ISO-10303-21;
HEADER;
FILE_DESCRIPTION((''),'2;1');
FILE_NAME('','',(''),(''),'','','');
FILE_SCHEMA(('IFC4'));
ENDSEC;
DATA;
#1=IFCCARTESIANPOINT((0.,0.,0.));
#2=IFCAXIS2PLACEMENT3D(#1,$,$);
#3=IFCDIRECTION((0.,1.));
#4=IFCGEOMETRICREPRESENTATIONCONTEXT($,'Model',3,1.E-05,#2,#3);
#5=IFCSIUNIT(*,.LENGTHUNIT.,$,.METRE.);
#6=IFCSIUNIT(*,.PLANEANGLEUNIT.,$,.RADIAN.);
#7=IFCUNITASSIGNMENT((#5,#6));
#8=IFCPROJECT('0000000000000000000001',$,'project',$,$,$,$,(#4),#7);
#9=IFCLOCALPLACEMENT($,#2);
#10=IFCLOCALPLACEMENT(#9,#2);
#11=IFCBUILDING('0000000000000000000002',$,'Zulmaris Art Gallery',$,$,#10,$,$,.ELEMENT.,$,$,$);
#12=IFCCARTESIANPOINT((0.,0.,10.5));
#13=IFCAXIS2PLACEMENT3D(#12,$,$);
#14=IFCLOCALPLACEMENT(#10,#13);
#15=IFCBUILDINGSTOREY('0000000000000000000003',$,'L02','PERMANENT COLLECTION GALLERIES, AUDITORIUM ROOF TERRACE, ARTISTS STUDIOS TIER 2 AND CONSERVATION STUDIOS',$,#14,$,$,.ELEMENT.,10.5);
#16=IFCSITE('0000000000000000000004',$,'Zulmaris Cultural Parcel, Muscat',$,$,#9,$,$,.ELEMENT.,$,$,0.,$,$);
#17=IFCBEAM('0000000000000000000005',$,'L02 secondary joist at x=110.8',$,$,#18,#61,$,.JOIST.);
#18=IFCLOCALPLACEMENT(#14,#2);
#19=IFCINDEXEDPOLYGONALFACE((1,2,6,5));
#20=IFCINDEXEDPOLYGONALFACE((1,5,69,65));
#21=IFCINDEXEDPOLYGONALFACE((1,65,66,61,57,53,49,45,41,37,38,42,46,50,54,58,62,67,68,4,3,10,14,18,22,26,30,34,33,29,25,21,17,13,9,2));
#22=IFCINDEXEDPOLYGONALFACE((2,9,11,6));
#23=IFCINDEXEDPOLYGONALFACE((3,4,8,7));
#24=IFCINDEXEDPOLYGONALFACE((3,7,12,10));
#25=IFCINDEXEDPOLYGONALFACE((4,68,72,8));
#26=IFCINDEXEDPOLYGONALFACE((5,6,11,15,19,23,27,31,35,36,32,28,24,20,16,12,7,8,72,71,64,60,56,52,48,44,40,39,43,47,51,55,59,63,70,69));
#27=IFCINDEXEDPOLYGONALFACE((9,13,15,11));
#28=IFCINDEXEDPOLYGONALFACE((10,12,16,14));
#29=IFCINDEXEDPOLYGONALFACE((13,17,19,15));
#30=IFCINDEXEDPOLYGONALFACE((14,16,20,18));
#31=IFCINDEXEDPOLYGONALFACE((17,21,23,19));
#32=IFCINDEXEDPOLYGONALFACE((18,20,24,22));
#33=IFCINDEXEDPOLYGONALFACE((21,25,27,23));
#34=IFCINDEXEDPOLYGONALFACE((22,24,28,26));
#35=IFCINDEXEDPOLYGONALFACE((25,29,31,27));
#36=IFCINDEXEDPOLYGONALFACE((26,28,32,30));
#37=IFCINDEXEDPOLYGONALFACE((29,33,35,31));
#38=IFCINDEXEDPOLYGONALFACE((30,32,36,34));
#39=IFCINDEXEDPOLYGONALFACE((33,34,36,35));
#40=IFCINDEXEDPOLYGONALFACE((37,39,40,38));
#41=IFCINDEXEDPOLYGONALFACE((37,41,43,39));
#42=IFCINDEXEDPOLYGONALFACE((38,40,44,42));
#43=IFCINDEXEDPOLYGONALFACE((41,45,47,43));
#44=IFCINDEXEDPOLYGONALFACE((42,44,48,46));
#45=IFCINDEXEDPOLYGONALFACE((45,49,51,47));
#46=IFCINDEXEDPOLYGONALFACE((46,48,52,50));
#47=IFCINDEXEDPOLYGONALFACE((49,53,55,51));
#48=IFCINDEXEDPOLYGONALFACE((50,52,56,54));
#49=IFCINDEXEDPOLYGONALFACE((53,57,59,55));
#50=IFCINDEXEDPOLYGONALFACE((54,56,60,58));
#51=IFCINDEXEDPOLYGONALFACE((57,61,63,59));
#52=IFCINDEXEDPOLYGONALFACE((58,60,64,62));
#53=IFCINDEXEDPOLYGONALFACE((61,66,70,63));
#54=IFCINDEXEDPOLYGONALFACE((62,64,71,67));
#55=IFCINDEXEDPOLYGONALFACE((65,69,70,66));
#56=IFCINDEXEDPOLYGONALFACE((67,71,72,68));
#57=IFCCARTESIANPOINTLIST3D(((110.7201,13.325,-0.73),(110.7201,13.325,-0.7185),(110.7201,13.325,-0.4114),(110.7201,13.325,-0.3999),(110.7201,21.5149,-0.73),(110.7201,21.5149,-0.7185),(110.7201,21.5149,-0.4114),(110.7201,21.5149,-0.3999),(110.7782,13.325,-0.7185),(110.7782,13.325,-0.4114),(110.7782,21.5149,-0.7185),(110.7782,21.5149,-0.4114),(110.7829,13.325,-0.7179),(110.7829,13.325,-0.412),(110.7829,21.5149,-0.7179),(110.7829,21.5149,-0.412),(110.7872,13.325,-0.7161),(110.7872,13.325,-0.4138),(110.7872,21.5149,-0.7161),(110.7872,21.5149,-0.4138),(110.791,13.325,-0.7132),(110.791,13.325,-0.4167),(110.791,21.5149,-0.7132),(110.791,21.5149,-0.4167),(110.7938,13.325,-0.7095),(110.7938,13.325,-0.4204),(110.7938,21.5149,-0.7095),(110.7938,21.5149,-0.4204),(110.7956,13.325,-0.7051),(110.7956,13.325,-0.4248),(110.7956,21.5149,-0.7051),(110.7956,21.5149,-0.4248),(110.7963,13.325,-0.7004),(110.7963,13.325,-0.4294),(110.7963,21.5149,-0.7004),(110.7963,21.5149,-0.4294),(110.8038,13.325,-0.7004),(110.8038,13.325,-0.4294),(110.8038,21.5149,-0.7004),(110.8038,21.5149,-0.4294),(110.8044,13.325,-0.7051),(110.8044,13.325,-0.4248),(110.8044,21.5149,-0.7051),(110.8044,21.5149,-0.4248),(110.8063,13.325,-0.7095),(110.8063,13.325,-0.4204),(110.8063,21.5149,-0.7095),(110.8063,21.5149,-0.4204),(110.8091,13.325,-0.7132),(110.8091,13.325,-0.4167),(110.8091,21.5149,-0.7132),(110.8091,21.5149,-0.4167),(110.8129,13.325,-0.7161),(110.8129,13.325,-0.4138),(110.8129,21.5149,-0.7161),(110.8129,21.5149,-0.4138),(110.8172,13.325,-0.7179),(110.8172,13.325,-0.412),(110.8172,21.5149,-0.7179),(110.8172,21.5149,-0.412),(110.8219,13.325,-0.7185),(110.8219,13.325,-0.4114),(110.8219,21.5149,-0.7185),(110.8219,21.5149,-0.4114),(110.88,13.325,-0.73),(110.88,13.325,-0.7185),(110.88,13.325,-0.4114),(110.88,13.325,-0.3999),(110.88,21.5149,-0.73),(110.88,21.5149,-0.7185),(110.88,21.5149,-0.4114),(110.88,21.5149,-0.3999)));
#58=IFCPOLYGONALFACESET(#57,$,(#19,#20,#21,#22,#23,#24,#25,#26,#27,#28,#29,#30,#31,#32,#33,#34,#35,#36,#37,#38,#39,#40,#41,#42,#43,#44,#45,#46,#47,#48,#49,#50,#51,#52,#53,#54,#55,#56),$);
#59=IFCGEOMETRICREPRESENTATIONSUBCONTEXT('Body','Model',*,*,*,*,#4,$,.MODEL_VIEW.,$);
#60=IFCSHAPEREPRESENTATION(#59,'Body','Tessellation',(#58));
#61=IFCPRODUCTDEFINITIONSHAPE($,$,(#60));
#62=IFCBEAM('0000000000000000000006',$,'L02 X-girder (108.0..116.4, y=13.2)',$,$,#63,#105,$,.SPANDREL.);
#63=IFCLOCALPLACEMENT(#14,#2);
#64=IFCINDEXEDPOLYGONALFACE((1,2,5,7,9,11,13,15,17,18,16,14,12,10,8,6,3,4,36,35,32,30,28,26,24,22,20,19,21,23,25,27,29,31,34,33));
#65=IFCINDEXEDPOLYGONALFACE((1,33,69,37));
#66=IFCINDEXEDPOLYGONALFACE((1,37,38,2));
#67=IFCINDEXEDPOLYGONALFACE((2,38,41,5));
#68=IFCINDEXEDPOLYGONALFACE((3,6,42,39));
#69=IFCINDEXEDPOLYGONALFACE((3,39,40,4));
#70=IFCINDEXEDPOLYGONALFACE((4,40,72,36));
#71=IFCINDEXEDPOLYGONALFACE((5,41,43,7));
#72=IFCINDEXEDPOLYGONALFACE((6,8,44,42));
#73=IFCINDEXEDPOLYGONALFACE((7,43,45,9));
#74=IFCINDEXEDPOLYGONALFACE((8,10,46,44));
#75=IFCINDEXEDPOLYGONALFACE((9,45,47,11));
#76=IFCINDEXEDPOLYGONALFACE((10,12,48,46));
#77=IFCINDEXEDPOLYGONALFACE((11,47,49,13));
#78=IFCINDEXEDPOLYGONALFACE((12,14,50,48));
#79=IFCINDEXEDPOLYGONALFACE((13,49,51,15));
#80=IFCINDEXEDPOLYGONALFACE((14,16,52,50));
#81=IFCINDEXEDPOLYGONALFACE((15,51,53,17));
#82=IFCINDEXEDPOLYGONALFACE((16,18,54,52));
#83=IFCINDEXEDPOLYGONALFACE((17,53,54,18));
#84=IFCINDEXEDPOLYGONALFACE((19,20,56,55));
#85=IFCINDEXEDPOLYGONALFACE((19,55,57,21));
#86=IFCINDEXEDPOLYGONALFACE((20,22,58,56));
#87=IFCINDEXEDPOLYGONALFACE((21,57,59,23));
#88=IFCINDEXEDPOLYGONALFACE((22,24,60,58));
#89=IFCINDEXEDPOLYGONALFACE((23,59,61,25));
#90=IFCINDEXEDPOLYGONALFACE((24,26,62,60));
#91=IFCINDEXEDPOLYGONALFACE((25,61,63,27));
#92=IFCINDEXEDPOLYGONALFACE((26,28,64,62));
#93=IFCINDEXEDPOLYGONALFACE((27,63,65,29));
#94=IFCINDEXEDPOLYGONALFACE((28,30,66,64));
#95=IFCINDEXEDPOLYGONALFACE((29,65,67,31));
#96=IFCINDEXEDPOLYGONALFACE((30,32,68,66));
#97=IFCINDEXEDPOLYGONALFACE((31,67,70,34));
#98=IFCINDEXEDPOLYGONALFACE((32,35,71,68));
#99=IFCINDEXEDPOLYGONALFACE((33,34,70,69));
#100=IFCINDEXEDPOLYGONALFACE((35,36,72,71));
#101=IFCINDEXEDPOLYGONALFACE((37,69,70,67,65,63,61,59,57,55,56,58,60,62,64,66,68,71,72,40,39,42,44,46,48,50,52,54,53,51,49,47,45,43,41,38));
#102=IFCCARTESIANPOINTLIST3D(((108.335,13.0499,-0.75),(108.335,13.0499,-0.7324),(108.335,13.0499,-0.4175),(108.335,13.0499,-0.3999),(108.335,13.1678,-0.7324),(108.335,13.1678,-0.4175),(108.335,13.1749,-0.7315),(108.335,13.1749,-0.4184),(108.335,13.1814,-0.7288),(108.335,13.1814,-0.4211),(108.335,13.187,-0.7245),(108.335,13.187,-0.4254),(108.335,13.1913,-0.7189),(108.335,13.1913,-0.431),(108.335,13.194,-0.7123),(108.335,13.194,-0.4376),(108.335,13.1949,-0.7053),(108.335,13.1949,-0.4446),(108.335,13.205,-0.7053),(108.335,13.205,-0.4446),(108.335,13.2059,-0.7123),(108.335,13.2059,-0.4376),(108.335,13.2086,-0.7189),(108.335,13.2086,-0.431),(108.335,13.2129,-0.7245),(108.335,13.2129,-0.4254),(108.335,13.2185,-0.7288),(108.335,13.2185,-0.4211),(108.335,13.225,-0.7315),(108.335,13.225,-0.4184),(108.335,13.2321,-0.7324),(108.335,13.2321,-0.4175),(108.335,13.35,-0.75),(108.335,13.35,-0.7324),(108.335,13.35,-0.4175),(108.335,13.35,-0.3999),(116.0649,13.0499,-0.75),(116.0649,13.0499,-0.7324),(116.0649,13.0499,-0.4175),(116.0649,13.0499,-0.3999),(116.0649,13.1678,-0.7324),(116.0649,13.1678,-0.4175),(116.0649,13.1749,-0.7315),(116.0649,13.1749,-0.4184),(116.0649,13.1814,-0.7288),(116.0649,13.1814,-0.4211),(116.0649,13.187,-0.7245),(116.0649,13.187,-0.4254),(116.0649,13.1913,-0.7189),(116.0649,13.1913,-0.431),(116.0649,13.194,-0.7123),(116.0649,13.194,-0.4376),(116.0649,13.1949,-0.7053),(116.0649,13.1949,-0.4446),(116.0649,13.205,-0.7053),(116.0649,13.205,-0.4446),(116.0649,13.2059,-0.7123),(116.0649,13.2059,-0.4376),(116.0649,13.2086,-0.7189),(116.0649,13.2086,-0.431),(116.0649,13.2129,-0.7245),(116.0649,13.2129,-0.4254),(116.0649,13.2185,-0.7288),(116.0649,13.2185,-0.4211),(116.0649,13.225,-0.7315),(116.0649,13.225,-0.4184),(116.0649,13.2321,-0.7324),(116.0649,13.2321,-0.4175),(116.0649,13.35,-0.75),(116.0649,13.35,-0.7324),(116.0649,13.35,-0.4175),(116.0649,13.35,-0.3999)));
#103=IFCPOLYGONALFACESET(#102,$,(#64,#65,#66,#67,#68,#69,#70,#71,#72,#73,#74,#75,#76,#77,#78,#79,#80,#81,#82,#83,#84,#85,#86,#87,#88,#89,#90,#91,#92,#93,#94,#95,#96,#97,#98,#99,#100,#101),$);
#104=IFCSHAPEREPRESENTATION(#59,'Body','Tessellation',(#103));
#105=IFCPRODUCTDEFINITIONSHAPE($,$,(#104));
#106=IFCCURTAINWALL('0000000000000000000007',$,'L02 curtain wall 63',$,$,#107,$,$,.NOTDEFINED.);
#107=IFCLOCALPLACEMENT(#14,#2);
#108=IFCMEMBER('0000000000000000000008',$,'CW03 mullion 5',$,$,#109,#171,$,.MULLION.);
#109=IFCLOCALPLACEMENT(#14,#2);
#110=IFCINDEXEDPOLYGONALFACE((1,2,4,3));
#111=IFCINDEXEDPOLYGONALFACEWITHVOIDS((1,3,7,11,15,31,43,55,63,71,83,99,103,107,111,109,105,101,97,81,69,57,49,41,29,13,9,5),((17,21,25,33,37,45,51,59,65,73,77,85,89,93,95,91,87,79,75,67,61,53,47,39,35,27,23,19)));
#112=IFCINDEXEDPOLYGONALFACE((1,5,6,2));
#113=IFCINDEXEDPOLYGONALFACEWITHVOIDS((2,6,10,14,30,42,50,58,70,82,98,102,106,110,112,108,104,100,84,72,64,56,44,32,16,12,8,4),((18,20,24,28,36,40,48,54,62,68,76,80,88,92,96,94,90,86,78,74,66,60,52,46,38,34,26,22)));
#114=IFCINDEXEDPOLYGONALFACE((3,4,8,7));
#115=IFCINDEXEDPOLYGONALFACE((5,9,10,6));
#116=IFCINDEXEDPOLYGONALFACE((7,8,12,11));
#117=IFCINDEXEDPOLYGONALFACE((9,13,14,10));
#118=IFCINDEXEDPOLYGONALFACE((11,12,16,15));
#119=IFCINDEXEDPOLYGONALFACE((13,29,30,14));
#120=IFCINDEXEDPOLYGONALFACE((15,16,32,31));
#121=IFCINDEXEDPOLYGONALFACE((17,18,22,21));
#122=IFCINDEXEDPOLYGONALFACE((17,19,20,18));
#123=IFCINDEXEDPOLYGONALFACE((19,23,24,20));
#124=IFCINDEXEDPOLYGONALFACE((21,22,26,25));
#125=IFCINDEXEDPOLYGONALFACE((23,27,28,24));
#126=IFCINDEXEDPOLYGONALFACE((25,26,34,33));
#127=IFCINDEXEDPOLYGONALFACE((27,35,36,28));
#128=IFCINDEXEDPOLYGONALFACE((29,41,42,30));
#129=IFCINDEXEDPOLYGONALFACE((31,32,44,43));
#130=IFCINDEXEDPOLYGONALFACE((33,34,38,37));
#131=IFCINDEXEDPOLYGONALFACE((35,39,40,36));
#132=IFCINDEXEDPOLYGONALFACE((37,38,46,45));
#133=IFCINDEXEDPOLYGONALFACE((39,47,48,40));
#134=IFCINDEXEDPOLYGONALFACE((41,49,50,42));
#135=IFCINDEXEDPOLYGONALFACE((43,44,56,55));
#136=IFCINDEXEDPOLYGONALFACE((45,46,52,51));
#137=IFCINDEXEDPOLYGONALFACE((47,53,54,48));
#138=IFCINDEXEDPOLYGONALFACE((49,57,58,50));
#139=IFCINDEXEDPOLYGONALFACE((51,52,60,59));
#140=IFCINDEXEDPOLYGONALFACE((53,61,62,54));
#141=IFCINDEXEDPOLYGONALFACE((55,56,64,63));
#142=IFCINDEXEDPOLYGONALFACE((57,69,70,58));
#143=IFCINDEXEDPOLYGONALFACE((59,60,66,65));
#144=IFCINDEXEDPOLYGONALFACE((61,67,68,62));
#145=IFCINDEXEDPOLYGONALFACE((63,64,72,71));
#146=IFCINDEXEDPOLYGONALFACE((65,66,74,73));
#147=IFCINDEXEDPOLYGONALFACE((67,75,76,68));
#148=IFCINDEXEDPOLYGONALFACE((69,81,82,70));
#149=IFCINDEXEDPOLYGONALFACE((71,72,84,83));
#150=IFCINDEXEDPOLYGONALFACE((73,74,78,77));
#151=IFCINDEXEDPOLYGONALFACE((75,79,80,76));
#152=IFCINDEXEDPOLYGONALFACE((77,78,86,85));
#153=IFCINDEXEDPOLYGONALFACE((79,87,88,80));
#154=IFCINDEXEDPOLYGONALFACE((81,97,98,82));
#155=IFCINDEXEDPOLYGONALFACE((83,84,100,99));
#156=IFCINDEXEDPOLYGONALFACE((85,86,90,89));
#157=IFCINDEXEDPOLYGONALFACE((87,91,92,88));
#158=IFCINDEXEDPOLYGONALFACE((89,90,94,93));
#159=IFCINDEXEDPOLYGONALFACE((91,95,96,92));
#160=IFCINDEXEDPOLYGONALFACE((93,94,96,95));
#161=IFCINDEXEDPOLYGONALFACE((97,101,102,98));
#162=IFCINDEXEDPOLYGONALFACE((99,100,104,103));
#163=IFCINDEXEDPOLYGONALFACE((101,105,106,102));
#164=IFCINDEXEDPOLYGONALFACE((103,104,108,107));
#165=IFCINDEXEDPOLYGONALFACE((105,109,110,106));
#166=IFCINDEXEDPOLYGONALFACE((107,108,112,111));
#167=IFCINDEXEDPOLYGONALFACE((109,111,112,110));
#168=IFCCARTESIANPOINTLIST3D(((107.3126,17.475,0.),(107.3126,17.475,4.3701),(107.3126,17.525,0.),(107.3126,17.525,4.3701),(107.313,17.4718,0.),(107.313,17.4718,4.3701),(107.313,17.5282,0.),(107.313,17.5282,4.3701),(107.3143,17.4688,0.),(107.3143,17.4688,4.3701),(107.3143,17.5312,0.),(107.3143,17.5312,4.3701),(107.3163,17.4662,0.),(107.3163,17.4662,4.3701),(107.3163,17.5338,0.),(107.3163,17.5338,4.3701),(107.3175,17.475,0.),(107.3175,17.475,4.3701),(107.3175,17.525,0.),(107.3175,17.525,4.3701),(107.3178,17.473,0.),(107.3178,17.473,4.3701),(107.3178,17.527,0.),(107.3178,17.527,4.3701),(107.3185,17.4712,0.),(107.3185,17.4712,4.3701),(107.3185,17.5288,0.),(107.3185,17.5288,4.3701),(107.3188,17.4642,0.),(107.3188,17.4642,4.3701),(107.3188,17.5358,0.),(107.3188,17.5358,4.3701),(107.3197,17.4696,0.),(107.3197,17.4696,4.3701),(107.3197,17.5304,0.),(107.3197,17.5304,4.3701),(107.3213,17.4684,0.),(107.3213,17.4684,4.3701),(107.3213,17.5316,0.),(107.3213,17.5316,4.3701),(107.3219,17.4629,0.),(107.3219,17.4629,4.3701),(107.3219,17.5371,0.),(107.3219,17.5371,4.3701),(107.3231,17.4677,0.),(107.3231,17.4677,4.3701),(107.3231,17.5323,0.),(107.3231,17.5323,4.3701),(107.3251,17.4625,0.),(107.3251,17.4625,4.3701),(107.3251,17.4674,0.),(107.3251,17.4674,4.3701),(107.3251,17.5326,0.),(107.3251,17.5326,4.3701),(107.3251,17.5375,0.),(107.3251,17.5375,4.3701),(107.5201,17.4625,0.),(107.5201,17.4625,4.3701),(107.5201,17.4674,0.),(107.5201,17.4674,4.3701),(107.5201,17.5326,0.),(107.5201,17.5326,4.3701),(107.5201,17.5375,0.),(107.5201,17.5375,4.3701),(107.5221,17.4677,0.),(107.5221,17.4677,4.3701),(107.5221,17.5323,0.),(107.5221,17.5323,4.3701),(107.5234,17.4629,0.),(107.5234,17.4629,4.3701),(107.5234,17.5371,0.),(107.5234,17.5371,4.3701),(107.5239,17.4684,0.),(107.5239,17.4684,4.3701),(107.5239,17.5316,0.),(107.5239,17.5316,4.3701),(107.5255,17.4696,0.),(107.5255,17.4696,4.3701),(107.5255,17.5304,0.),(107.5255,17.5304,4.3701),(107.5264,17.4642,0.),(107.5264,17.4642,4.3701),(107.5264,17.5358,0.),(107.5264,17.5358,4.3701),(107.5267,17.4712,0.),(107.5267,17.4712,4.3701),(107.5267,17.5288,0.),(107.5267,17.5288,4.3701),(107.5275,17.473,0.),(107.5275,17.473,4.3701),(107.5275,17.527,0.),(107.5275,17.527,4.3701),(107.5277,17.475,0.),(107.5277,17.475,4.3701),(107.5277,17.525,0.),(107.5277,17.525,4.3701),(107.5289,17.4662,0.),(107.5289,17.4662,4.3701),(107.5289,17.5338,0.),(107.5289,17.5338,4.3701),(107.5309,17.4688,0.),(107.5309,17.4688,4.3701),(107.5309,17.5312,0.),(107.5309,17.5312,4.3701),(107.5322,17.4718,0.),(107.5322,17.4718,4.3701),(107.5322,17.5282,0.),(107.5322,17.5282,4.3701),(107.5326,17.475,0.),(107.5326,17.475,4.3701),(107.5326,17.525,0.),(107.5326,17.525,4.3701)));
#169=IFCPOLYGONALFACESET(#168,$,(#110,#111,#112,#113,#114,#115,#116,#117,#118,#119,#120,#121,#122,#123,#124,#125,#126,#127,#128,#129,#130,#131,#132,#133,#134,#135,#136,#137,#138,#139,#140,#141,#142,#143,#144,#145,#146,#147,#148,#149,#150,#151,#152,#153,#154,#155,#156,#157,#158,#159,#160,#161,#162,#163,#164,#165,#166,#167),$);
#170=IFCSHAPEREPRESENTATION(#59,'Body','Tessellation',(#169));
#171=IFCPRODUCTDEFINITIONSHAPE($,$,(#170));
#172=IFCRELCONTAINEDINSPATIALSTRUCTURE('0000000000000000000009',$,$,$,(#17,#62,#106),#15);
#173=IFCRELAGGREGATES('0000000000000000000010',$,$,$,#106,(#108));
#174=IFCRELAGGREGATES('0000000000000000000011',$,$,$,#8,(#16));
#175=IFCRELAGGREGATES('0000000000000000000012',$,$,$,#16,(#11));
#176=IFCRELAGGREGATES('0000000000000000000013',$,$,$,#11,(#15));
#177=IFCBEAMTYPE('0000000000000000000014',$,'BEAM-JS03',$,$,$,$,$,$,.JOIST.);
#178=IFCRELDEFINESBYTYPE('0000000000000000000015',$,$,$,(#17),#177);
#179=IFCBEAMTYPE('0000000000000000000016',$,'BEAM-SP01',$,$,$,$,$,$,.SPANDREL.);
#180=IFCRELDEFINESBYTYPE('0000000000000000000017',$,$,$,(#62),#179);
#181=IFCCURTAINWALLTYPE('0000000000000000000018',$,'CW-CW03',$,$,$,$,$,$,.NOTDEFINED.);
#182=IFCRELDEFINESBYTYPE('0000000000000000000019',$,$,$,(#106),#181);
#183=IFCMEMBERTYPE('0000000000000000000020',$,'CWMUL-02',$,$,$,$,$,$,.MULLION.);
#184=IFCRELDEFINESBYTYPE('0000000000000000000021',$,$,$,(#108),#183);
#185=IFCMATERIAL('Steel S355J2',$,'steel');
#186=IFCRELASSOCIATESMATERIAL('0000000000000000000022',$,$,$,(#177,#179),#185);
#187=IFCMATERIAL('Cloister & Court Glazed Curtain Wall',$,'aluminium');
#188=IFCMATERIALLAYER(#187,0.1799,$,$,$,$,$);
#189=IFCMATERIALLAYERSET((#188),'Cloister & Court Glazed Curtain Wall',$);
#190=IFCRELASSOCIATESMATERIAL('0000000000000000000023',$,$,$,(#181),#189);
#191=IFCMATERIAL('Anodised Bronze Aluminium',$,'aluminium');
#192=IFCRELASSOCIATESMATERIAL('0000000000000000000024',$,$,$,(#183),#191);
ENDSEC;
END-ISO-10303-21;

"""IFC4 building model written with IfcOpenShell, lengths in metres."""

from ifc_helpers import new_model, si_unit, direction, frame, origin, origin_2d, place, context, subcontext, project, spatial, hollow_rectangle, i_section, extrude, material, layer, layer_set, material_profile, profile_set, type_object, element, aggregate, save


model = new_model("IFC4")

# Units and contexts
model_context = context("Model", 3, precision=1e-05, world=origin(), true_north=direction((0.0, 1.0)))
body_context = subcontext(model_context, "Body", "Model", "MODEL_VIEW")
ifc_project = project(units=[si_unit("LENGTHUNIT", "METRE"), si_unit("PLANEANGLEUNIT", "RADIAN")], contexts=[model_context])

# Site, building, storey
site_placement = place(None, origin())
site = spatial("IfcSite", under=ifc_project, at=site_placement, Name="Zulmaris Cultural Parcel, Muscat", CompositionType="ELEMENT", RefElevation=0.0)
building_placement = place(site_placement, origin())
building = spatial("IfcBuilding", under=site, at=building_placement, Name="Zulmaris Art Gallery", CompositionType="ELEMENT")
storey_placement = place(building_placement, frame((0.0, 0.0, 10.5)))
storey = spatial("IfcBuildingStorey", under=building, at=storey_placement, Name="L02", Description="PERMANENT COLLECTION GALLERIES, AUDITORIUM ROOF TERRACE, ARTISTS STUDIOS TIER 2 AND CONSERVATION STUDIOS", CompositionType="ELEMENT", Elevation=10.5)

# Beams
ifc_material_1 = material(Name="Steel S355J2", Category="steel")
ifc_material_profile_1 = material_profile(ifc_material_1, i_section(OverallWidth=0.1599, OverallDepth=0.3301, WebThickness=0.0076, FlangeThickness=0.0115, FilletRadius=0.0181, at=origin_2d()), Name="IPE 330")
ifc_profile_set_1 = profile_set([ifc_material_profile_1], Name="Steel S355J2")
beam_type_1 = type_object("IfcBeamType", Name="BEAM-JS03", PredefinedType="JOIST", material=ifc_profile_set_1)
beam_1_placement = place(storey_placement, frame((110.8, 13.325, -0.5649), z_axis=(0.0, 1.0, 0.0), x_axis=(-1.0, 0.0, 0.0)))
element("IfcBeam", 1, at=beam_1_placement, inside=storey, type_object=beam_type_1, Name="L02 secondary joist at x=110.8", PredefinedType="JOIST", context=body_context, shape_type="SweptSolid", body=[
    extrude(i_section(OverallWidth=0.1599, OverallDepth=0.3301, WebThickness=0.0076, FlangeThickness=0.0115, FilletRadius=0.0181, at=origin_2d()), origin(), (0.0, 0.0, 1.0), 8.1899),
])
ifc_material_profile_2 = material_profile(ifc_material_1, i_section(OverallWidth=0.3, OverallDepth=0.3501, WebThickness=0.01, FlangeThickness=0.0176, FilletRadius=0.0271, at=origin_2d()), Name="HEA 360")
ifc_profile_set_2 = profile_set([ifc_material_profile_2], Name="Steel S355J2")
beam_type_2 = type_object("IfcBeamType", Name="BEAM-SP01", PredefinedType="SPANDREL", material=ifc_profile_set_2)
beam_2_placement = place(storey_placement, frame((108.335, 13.2, -0.575), z_axis=(1.0, 0.0, 0.0), x_axis=(0.0, 1.0, 0.0)))
element("IfcBeam", 2, at=beam_2_placement, inside=storey, type_object=beam_type_2, Name="L02 X-girder (108.0..116.4, y=13.2)", PredefinedType="SPANDREL", context=body_context, shape_type="SweptSolid", body=[
    extrude(i_section(OverallWidth=0.3, OverallDepth=0.3501, WebThickness=0.01, FlangeThickness=0.0176, FilletRadius=0.0271, at=origin_2d()), origin(), (0.0, 0.0, 1.0), 7.73),
])

# Curtain wall, member
ifc_material_2 = material(Name="Cloister & Court Glazed Curtain Wall", Category="aluminium")
ifc_layer_1 = layer(ifc_material_2, 0.1799)
ifc_layer_set_1 = layer_set([ifc_layer_1], Name="Cloister & Court Glazed Curtain Wall")
curtain_wall_type = type_object("IfcCurtainWallType", Name="CW-CW03", PredefinedType="NOTDEFINED", material=ifc_layer_set_1)
curtain_wall_1_placement = place(storey_placement, origin())
curtain_wall_1 = element("IfcCurtainWall", 3, at=curtain_wall_1_placement, inside=storey, type_object=curtain_wall_type, Name="L02 curtain wall 63", PredefinedType="NOTDEFINED")
ifc_material_3 = material(Name="Anodised Bronze Aluminium", Category="aluminium")
ifc_material_profile_3 = material_profile(ifc_material_3, hollow_rectangle(XDim=0.075, YDim=0.22, WallThickness=0.0049, InnerFilletRadius=0.0076, OuterFilletRadius=0.0125, at=origin_2d()), Name="ALU 75x220x5")
ifc_profile_set_3 = profile_set([ifc_material_profile_3], Name="Anodised Bronze Aluminium")
member_type_1 = type_object("IfcMemberType", Name="CWMUL-02", PredefinedType="MULLION", material=ifc_profile_set_3)
member_1_placement = place(storey_placement, frame((107.4226, 17.5, 0.0), z_axis=(0.0, 0.0, 1.0), x_axis=(0.0, 1.0, 0.0)))
member_1 = element("IfcMember", 4, at=member_1_placement, type_object=member_type_1, Name="CW03 mullion 5", PredefinedType="MULLION", context=body_context, shape_type="SweptSolid", body=[
    extrude(hollow_rectangle(XDim=0.075, YDim=0.22, WallThickness=0.0049, InnerFilletRadius=0.0076, OuterFilletRadius=0.0125, at=origin_2d()), origin(), (0.0, 0.0, 1.0), 4.3701),
])
aggregate(curtain_wall_1, [member_1])

save(model, "model.ifc")
